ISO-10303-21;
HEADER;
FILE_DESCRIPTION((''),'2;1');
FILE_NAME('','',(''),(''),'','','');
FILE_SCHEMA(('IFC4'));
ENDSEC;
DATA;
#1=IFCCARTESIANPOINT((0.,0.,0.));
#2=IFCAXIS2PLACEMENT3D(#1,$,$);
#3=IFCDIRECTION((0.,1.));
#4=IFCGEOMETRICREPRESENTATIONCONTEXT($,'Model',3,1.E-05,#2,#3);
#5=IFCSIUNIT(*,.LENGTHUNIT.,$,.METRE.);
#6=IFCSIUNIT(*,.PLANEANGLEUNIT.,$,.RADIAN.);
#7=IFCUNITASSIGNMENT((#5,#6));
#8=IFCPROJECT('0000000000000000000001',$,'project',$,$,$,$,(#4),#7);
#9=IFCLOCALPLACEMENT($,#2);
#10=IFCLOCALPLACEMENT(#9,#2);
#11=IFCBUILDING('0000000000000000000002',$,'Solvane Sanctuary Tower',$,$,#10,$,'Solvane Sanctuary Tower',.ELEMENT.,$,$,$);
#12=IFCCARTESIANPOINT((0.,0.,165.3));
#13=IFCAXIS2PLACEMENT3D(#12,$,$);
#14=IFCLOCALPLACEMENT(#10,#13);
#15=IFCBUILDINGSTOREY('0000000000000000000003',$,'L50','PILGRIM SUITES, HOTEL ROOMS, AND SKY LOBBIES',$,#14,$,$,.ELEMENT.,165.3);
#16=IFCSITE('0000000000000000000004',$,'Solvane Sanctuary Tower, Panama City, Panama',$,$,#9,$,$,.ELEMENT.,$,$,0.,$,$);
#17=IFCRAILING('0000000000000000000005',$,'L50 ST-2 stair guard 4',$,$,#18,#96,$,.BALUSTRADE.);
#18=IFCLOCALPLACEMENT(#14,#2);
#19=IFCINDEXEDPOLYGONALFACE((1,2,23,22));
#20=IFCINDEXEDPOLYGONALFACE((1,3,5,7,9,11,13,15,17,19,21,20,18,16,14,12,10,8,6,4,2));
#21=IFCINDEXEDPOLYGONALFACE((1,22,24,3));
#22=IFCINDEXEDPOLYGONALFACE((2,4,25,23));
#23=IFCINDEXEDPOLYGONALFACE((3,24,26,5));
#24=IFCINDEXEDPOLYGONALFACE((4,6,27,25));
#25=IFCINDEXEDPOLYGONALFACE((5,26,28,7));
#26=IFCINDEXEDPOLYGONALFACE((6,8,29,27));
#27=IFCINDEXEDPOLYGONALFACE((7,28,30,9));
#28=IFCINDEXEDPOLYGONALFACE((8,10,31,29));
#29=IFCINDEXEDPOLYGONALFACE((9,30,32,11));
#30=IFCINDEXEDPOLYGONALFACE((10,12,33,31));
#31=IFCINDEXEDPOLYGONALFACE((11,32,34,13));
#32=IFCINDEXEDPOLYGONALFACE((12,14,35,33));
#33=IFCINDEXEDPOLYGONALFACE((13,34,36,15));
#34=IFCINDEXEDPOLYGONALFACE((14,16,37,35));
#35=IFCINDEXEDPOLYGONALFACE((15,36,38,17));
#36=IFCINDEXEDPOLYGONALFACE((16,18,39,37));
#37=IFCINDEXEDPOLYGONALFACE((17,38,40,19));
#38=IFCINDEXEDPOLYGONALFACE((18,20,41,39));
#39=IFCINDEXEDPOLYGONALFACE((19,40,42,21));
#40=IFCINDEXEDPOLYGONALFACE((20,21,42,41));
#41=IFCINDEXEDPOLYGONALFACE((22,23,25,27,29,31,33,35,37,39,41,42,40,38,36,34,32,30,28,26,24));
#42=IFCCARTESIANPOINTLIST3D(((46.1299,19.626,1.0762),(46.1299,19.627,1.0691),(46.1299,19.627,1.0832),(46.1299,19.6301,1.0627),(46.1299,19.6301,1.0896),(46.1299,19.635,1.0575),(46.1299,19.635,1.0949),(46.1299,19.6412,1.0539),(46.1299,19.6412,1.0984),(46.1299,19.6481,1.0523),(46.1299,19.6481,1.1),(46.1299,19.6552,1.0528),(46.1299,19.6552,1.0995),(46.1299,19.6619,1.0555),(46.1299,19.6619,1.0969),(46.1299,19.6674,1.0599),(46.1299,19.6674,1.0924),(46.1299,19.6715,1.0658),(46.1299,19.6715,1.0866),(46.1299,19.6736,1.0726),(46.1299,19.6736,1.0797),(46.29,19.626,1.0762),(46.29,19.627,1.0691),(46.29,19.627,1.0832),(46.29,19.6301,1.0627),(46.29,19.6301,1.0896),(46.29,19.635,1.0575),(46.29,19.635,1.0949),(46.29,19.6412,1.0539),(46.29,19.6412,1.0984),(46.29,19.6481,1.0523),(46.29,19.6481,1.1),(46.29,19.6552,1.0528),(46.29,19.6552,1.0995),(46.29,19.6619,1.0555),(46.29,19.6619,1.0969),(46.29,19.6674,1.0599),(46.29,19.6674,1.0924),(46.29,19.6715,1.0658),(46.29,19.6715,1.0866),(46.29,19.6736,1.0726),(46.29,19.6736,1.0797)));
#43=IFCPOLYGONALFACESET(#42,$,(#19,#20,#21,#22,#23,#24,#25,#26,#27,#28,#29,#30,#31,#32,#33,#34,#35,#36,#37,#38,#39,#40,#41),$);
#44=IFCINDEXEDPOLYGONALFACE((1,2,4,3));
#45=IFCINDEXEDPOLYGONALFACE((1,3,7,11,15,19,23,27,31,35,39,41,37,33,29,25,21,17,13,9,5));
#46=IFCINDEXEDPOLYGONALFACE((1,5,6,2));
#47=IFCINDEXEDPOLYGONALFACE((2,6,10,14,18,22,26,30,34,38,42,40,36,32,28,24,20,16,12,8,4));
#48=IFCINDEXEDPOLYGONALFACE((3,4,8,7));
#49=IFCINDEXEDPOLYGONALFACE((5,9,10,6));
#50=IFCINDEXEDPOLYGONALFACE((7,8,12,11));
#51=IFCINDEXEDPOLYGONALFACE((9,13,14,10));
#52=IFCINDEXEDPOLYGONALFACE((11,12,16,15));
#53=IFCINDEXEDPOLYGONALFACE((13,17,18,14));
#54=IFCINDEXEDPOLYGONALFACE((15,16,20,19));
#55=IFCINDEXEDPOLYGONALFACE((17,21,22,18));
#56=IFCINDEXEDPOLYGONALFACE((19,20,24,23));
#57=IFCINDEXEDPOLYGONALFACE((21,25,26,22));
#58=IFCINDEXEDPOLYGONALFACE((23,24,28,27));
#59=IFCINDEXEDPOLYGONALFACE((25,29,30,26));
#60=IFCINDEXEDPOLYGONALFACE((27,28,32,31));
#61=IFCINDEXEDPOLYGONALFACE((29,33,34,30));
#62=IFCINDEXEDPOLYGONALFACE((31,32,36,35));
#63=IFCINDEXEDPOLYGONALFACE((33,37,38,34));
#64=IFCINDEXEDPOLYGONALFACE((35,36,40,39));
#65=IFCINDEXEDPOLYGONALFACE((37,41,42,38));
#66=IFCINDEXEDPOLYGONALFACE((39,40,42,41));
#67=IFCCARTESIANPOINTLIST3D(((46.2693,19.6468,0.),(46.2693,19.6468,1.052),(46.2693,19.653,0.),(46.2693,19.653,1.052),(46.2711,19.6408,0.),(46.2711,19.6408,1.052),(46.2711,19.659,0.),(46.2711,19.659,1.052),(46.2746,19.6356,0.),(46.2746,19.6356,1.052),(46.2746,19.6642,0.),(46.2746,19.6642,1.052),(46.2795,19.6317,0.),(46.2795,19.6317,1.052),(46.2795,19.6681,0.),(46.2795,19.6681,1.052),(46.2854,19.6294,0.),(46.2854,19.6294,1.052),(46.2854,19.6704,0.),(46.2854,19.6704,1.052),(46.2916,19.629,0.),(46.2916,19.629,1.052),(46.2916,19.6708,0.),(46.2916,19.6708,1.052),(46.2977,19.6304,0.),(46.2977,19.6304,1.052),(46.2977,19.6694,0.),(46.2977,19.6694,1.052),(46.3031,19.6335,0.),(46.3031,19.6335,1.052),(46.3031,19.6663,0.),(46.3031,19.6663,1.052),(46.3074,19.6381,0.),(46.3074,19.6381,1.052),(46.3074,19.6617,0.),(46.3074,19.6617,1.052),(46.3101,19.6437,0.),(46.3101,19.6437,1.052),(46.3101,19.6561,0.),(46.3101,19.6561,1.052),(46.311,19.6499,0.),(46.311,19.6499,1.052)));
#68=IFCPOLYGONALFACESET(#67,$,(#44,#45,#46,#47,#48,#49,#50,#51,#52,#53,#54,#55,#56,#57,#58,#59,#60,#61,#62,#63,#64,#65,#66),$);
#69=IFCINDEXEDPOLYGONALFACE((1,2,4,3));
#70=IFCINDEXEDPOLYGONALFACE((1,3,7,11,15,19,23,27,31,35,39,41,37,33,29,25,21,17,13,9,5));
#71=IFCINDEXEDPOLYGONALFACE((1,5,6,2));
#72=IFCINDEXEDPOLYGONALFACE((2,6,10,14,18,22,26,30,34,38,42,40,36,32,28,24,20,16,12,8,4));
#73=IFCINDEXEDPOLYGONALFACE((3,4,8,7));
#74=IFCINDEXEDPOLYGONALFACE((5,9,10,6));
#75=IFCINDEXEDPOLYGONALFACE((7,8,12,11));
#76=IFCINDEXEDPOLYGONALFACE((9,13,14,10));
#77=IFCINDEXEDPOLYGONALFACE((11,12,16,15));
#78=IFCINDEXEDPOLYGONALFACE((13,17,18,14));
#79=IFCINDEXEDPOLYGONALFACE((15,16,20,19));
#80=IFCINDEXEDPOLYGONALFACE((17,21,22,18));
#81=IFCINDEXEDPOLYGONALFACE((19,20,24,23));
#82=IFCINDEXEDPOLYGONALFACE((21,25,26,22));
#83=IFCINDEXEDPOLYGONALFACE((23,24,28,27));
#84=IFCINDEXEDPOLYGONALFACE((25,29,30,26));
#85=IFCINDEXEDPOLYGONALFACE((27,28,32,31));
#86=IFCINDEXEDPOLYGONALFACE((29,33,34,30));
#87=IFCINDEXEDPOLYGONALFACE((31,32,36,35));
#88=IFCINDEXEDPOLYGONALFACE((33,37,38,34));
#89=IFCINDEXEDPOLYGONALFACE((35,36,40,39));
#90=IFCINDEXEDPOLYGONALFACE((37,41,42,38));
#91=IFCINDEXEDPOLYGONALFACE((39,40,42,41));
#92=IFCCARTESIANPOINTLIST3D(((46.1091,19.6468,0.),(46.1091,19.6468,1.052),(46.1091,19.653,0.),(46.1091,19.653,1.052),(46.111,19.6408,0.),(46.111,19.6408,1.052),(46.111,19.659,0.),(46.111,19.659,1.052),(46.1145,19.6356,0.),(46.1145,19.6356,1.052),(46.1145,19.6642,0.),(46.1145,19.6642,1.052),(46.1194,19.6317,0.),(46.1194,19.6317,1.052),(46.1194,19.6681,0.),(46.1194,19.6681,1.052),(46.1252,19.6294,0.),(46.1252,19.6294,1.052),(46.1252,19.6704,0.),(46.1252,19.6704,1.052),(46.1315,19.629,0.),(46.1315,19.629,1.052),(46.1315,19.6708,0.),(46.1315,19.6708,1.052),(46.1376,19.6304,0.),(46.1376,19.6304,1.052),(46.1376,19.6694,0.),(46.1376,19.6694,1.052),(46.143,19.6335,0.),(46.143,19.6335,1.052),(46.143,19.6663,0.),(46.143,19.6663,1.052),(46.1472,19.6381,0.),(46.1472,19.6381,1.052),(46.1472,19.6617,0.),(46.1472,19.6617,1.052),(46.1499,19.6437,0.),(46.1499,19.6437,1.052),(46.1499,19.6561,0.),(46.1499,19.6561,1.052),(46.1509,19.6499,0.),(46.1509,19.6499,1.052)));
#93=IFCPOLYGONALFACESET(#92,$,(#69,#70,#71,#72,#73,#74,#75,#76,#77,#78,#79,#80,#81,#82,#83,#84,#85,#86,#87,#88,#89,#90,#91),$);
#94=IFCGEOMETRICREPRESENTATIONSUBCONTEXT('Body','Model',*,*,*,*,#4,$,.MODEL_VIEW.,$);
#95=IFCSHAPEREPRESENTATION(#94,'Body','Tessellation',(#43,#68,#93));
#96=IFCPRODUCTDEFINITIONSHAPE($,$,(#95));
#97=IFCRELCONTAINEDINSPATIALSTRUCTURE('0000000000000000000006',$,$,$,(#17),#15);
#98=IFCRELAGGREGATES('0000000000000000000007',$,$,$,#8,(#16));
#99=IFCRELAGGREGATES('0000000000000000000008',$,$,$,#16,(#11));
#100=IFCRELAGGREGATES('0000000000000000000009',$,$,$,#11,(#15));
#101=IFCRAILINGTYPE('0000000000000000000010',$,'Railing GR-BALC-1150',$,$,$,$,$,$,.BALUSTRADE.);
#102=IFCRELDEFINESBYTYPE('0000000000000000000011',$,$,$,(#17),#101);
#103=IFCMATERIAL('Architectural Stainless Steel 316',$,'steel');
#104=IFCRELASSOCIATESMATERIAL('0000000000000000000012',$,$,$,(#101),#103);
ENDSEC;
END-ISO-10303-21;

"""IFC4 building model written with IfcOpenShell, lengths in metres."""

from ifc_helpers import new_model, si_unit, direction, frame, origin, origin_2d, place, context, subcontext, project, spatial, circle, extrude, material, type_object, element, save


model = new_model("IFC4")

# Units and contexts
model_context = context("Model", 3, precision=1e-05, world=origin(), true_north=direction((0.0, 1.0)))
body_context = subcontext(model_context, "Body", "Model", "MODEL_VIEW")
ifc_project = project(units=[si_unit("LENGTHUNIT", "METRE"), si_unit("PLANEANGLEUNIT", "RADIAN")], contexts=[model_context])

# Site, building, storey
site_placement = place(None, origin())
site = spatial("IfcSite", under=ifc_project, at=site_placement, Name="Solvane Sanctuary Tower, Panama City, Panama", CompositionType="ELEMENT", RefElevation=0.0)
building_placement = place(site_placement, origin())
building = spatial("IfcBuilding", under=site, at=building_placement, Name="Solvane Sanctuary Tower", LongName="Solvane Sanctuary Tower", CompositionType="ELEMENT")
storey_placement = place(building_placement, frame((0.0, 0.0, 165.3)))
storey = spatial("IfcBuildingStorey", under=building, at=storey_placement, Name="L50", Description="PILGRIM SUITES, HOTEL ROOMS, AND SKY LOBBIES", CompositionType="ELEMENT", Elevation=165.3)

# Railing
ifc_material_1 = material(Name="Architectural Stainless Steel 316", Category="steel")
railing_type_1 = type_object("IfcRailingType", Name="Railing GR-BALC-1150", PredefinedType="BALUSTRADE", material=ifc_material_1)
railing_1_placement = place(storey_placement, frame((46.29, 19.6499, 0.0)))
element("IfcRailing", 1, at=railing_1_placement, inside=storey, type_object=railing_type_1, Name="L50 ST-2 stair guard 4", PredefinedType="BALUSTRADE", context=body_context, shape_type="SweptSolid", body=[
    extrude(circle(Radius=0.0239, at=origin_2d()), frame((0.0, 0.0, 1.0762), z_axis=(-1.0, 0.0, 0.0), x_axis=(0.0, -1.0, 0.0)), (0.0, 0.0, 1.0), 0.1602),
    extrude(circle(Radius=0.021, at=origin_2d()), origin(), (0.0, 0.0, 1.0), 1.052),
    extrude(circle(Radius=0.021, at=origin_2d()), frame((-0.1602, 0.0, 0.0)), (0.0, 0.0, 1.0), 1.052),
])

save(model, "model.ifc")
